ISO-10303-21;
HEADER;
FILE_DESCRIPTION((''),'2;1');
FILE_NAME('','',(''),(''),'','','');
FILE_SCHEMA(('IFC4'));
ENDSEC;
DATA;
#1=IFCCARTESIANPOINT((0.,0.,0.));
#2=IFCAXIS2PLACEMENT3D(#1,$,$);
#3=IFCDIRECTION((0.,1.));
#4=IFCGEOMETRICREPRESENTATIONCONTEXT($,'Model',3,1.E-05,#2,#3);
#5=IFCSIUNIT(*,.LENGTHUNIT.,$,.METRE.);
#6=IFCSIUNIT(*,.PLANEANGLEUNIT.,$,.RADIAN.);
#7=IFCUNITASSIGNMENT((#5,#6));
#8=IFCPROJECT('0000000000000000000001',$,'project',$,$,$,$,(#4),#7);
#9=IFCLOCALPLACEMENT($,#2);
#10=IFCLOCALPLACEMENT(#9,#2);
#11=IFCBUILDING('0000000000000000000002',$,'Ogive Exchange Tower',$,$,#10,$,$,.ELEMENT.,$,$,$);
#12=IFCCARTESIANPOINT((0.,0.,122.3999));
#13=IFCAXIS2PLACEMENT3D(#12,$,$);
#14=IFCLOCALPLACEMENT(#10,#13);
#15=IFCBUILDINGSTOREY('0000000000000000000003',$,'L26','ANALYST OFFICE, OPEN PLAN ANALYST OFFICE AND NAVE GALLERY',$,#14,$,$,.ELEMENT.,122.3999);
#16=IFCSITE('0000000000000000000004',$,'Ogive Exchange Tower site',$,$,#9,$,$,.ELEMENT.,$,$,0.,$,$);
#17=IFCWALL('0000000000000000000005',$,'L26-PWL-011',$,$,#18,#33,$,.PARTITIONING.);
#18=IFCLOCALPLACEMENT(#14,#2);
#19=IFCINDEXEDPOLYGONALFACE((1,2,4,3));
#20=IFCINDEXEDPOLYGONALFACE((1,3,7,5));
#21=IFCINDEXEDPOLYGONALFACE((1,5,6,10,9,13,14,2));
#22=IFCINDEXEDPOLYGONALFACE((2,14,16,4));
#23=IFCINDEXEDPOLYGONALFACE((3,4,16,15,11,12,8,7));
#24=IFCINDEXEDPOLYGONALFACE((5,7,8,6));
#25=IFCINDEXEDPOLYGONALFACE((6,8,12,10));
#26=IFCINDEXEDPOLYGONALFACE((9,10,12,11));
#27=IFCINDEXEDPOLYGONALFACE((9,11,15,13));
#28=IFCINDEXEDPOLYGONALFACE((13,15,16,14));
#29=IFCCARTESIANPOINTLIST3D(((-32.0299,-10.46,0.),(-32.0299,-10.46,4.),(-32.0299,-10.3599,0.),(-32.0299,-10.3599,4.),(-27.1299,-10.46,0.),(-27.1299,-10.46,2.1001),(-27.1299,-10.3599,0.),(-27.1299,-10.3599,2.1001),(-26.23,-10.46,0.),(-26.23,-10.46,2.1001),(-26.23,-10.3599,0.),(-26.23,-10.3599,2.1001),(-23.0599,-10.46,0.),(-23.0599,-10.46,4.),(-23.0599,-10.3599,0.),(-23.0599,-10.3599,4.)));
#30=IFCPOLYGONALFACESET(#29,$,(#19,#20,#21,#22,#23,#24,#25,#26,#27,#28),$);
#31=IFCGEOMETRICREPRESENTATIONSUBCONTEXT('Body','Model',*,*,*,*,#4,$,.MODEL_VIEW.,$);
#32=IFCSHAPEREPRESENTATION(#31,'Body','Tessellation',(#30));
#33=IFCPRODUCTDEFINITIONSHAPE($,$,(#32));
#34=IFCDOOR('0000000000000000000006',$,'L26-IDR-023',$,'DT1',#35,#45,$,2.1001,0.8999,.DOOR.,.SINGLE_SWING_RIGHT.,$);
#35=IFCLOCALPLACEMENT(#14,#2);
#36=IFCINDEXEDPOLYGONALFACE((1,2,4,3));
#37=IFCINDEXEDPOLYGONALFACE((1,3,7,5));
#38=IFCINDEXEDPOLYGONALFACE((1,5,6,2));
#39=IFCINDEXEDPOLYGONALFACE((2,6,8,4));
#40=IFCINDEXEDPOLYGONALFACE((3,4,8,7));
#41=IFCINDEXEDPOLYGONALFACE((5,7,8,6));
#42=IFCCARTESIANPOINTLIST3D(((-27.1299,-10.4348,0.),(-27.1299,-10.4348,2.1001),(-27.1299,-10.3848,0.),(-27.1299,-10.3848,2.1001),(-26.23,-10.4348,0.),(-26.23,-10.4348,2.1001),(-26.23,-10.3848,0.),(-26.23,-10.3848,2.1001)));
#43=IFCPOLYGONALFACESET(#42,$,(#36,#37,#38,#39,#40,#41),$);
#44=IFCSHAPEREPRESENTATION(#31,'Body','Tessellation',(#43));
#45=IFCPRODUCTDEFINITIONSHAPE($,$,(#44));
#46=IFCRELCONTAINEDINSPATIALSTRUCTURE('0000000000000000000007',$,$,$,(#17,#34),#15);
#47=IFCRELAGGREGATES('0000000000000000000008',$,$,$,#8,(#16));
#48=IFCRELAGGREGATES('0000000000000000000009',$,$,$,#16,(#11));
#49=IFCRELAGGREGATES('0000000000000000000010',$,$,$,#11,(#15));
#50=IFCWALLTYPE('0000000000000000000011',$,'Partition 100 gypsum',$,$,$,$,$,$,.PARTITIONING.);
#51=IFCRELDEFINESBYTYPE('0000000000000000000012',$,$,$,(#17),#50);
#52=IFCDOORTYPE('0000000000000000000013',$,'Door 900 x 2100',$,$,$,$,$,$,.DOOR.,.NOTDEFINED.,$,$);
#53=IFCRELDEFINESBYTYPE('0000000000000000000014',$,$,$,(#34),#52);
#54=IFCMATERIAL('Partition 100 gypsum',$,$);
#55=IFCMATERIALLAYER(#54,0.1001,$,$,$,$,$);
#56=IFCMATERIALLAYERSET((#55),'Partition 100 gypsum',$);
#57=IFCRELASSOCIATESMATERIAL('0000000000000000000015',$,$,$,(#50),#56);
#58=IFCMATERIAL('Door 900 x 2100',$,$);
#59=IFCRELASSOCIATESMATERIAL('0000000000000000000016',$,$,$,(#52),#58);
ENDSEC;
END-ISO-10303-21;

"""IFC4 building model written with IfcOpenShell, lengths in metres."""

from ifc_helpers import new_model, si_unit, direction, frame, frame_2d, origin, place, context, subcontext, project, spatial, rectangle, extrude, material, layer, layer_set, type_object, element, fill, save


model = new_model("IFC4")

# Units and contexts
model_context = context("Model", 3, precision=1e-05, world=origin(), true_north=direction((0.0, 1.0)))
body_context = subcontext(model_context, "Body", "Model", "MODEL_VIEW")
ifc_project = project(units=[si_unit("LENGTHUNIT", "METRE"), si_unit("PLANEANGLEUNIT", "RADIAN")], contexts=[model_context])

# Site, building, storey
site_placement = place(None, origin())
site = spatial("IfcSite", under=ifc_project, at=site_placement, Name="Ogive Exchange Tower site", CompositionType="ELEMENT", RefElevation=0.0)
building_placement = place(site_placement, origin())
building = spatial("IfcBuilding", under=site, at=building_placement, Name="Ogive Exchange Tower", CompositionType="ELEMENT")
storey_placement = place(building_placement, frame((0.0, 0.0, 122.3999)))
storey = spatial("IfcBuildingStorey", under=building, at=storey_placement, Name="L26", Description="ANALYST OFFICE, OPEN PLAN ANALYST OFFICE AND NAVE GALLERY", CompositionType="ELEMENT", Elevation=122.3999)

# Shared definitions
ifc_material_1 = material(Name="Partition 100 gypsum")
ifc_layer_1 = layer(ifc_material_1, 0.1001)
ifc_layer_set_1 = layer_set([ifc_layer_1], Name="Partition 100 gypsum")
wall_type_1 = type_object("IfcWallType", Name="Partition 100 gypsum", PredefinedType="PARTITIONING", material=ifc_layer_set_1)

# Wall, opening, door
wall_1_placement = place(storey_placement, frame((-23.0601, -10.4099, 0.0), z_axis=(0.0, 0.0, 1.0), x_axis=(-1.0, 0.0, 0.0)))
wall_1 = element("IfcWall", 1, at=wall_1_placement, inside=storey, type_object=wall_type_1, Name="L26-PWL-011", PredefinedType="PARTITIONING", context=body_context, shape_type="SweptSolid", body=[
    extrude(rectangle(XDim=8.97, YDim=0.1001, at=frame_2d((4.4849, 0.0))), origin(), (0.0, 0.0, 1.0), 4.0),
])
opening_1_placement = place(wall_1_placement, frame((3.1699, 0.0, 0.0)))
opening_1 = element("IfcOpeningElement", 2, at=opening_1_placement, cuts=wall_1, PredefinedType="OPENING", context=body_context, shape_type="SweptSolid", body=[
    extrude(rectangle(XDim=0.8999, YDim=2.1001, at=frame_2d((0.45, 1.05))), frame((0.0, 0.0601, 0.0), z_axis=(0.0, -1.0, 0.0), x_axis=(1.0, 0.0, 0.0)), (0.0, 0.0, 1.0), 0.1201),
])
ifc_material_2 = material(Name="Door 900 x 2100")
door_type_1 = type_object("IfcDoorType", Name="Door 900 x 2100", OperationType="NOTDEFINED", PredefinedType="DOOR", material=ifc_material_2)
door_1_placement = place(opening_1_placement, origin())
door_1 = element("IfcDoor", 3, at=door_1_placement, inside=storey, type_object=door_type_1, Name="L26-IDR-023", ObjectType="DT1", OperationType="SINGLE_SWING_RIGHT", OverallHeight=2.1001, OverallWidth=0.8999, PredefinedType="DOOR", context=body_context, shape_type="SweptSolid", body=[
    extrude(rectangle(XDim=0.8999, YDim=2.1001, at=frame_2d((0.45, 1.05))), frame((0.0, 0.0249, 0.0), z_axis=(0.0, -1.0, 0.0), x_axis=(1.0, 0.0, 0.0)), (0.0, 0.0, 1.0), 0.05),
])
fill(opening_1, door_1)

save(model, "model.ifc")
